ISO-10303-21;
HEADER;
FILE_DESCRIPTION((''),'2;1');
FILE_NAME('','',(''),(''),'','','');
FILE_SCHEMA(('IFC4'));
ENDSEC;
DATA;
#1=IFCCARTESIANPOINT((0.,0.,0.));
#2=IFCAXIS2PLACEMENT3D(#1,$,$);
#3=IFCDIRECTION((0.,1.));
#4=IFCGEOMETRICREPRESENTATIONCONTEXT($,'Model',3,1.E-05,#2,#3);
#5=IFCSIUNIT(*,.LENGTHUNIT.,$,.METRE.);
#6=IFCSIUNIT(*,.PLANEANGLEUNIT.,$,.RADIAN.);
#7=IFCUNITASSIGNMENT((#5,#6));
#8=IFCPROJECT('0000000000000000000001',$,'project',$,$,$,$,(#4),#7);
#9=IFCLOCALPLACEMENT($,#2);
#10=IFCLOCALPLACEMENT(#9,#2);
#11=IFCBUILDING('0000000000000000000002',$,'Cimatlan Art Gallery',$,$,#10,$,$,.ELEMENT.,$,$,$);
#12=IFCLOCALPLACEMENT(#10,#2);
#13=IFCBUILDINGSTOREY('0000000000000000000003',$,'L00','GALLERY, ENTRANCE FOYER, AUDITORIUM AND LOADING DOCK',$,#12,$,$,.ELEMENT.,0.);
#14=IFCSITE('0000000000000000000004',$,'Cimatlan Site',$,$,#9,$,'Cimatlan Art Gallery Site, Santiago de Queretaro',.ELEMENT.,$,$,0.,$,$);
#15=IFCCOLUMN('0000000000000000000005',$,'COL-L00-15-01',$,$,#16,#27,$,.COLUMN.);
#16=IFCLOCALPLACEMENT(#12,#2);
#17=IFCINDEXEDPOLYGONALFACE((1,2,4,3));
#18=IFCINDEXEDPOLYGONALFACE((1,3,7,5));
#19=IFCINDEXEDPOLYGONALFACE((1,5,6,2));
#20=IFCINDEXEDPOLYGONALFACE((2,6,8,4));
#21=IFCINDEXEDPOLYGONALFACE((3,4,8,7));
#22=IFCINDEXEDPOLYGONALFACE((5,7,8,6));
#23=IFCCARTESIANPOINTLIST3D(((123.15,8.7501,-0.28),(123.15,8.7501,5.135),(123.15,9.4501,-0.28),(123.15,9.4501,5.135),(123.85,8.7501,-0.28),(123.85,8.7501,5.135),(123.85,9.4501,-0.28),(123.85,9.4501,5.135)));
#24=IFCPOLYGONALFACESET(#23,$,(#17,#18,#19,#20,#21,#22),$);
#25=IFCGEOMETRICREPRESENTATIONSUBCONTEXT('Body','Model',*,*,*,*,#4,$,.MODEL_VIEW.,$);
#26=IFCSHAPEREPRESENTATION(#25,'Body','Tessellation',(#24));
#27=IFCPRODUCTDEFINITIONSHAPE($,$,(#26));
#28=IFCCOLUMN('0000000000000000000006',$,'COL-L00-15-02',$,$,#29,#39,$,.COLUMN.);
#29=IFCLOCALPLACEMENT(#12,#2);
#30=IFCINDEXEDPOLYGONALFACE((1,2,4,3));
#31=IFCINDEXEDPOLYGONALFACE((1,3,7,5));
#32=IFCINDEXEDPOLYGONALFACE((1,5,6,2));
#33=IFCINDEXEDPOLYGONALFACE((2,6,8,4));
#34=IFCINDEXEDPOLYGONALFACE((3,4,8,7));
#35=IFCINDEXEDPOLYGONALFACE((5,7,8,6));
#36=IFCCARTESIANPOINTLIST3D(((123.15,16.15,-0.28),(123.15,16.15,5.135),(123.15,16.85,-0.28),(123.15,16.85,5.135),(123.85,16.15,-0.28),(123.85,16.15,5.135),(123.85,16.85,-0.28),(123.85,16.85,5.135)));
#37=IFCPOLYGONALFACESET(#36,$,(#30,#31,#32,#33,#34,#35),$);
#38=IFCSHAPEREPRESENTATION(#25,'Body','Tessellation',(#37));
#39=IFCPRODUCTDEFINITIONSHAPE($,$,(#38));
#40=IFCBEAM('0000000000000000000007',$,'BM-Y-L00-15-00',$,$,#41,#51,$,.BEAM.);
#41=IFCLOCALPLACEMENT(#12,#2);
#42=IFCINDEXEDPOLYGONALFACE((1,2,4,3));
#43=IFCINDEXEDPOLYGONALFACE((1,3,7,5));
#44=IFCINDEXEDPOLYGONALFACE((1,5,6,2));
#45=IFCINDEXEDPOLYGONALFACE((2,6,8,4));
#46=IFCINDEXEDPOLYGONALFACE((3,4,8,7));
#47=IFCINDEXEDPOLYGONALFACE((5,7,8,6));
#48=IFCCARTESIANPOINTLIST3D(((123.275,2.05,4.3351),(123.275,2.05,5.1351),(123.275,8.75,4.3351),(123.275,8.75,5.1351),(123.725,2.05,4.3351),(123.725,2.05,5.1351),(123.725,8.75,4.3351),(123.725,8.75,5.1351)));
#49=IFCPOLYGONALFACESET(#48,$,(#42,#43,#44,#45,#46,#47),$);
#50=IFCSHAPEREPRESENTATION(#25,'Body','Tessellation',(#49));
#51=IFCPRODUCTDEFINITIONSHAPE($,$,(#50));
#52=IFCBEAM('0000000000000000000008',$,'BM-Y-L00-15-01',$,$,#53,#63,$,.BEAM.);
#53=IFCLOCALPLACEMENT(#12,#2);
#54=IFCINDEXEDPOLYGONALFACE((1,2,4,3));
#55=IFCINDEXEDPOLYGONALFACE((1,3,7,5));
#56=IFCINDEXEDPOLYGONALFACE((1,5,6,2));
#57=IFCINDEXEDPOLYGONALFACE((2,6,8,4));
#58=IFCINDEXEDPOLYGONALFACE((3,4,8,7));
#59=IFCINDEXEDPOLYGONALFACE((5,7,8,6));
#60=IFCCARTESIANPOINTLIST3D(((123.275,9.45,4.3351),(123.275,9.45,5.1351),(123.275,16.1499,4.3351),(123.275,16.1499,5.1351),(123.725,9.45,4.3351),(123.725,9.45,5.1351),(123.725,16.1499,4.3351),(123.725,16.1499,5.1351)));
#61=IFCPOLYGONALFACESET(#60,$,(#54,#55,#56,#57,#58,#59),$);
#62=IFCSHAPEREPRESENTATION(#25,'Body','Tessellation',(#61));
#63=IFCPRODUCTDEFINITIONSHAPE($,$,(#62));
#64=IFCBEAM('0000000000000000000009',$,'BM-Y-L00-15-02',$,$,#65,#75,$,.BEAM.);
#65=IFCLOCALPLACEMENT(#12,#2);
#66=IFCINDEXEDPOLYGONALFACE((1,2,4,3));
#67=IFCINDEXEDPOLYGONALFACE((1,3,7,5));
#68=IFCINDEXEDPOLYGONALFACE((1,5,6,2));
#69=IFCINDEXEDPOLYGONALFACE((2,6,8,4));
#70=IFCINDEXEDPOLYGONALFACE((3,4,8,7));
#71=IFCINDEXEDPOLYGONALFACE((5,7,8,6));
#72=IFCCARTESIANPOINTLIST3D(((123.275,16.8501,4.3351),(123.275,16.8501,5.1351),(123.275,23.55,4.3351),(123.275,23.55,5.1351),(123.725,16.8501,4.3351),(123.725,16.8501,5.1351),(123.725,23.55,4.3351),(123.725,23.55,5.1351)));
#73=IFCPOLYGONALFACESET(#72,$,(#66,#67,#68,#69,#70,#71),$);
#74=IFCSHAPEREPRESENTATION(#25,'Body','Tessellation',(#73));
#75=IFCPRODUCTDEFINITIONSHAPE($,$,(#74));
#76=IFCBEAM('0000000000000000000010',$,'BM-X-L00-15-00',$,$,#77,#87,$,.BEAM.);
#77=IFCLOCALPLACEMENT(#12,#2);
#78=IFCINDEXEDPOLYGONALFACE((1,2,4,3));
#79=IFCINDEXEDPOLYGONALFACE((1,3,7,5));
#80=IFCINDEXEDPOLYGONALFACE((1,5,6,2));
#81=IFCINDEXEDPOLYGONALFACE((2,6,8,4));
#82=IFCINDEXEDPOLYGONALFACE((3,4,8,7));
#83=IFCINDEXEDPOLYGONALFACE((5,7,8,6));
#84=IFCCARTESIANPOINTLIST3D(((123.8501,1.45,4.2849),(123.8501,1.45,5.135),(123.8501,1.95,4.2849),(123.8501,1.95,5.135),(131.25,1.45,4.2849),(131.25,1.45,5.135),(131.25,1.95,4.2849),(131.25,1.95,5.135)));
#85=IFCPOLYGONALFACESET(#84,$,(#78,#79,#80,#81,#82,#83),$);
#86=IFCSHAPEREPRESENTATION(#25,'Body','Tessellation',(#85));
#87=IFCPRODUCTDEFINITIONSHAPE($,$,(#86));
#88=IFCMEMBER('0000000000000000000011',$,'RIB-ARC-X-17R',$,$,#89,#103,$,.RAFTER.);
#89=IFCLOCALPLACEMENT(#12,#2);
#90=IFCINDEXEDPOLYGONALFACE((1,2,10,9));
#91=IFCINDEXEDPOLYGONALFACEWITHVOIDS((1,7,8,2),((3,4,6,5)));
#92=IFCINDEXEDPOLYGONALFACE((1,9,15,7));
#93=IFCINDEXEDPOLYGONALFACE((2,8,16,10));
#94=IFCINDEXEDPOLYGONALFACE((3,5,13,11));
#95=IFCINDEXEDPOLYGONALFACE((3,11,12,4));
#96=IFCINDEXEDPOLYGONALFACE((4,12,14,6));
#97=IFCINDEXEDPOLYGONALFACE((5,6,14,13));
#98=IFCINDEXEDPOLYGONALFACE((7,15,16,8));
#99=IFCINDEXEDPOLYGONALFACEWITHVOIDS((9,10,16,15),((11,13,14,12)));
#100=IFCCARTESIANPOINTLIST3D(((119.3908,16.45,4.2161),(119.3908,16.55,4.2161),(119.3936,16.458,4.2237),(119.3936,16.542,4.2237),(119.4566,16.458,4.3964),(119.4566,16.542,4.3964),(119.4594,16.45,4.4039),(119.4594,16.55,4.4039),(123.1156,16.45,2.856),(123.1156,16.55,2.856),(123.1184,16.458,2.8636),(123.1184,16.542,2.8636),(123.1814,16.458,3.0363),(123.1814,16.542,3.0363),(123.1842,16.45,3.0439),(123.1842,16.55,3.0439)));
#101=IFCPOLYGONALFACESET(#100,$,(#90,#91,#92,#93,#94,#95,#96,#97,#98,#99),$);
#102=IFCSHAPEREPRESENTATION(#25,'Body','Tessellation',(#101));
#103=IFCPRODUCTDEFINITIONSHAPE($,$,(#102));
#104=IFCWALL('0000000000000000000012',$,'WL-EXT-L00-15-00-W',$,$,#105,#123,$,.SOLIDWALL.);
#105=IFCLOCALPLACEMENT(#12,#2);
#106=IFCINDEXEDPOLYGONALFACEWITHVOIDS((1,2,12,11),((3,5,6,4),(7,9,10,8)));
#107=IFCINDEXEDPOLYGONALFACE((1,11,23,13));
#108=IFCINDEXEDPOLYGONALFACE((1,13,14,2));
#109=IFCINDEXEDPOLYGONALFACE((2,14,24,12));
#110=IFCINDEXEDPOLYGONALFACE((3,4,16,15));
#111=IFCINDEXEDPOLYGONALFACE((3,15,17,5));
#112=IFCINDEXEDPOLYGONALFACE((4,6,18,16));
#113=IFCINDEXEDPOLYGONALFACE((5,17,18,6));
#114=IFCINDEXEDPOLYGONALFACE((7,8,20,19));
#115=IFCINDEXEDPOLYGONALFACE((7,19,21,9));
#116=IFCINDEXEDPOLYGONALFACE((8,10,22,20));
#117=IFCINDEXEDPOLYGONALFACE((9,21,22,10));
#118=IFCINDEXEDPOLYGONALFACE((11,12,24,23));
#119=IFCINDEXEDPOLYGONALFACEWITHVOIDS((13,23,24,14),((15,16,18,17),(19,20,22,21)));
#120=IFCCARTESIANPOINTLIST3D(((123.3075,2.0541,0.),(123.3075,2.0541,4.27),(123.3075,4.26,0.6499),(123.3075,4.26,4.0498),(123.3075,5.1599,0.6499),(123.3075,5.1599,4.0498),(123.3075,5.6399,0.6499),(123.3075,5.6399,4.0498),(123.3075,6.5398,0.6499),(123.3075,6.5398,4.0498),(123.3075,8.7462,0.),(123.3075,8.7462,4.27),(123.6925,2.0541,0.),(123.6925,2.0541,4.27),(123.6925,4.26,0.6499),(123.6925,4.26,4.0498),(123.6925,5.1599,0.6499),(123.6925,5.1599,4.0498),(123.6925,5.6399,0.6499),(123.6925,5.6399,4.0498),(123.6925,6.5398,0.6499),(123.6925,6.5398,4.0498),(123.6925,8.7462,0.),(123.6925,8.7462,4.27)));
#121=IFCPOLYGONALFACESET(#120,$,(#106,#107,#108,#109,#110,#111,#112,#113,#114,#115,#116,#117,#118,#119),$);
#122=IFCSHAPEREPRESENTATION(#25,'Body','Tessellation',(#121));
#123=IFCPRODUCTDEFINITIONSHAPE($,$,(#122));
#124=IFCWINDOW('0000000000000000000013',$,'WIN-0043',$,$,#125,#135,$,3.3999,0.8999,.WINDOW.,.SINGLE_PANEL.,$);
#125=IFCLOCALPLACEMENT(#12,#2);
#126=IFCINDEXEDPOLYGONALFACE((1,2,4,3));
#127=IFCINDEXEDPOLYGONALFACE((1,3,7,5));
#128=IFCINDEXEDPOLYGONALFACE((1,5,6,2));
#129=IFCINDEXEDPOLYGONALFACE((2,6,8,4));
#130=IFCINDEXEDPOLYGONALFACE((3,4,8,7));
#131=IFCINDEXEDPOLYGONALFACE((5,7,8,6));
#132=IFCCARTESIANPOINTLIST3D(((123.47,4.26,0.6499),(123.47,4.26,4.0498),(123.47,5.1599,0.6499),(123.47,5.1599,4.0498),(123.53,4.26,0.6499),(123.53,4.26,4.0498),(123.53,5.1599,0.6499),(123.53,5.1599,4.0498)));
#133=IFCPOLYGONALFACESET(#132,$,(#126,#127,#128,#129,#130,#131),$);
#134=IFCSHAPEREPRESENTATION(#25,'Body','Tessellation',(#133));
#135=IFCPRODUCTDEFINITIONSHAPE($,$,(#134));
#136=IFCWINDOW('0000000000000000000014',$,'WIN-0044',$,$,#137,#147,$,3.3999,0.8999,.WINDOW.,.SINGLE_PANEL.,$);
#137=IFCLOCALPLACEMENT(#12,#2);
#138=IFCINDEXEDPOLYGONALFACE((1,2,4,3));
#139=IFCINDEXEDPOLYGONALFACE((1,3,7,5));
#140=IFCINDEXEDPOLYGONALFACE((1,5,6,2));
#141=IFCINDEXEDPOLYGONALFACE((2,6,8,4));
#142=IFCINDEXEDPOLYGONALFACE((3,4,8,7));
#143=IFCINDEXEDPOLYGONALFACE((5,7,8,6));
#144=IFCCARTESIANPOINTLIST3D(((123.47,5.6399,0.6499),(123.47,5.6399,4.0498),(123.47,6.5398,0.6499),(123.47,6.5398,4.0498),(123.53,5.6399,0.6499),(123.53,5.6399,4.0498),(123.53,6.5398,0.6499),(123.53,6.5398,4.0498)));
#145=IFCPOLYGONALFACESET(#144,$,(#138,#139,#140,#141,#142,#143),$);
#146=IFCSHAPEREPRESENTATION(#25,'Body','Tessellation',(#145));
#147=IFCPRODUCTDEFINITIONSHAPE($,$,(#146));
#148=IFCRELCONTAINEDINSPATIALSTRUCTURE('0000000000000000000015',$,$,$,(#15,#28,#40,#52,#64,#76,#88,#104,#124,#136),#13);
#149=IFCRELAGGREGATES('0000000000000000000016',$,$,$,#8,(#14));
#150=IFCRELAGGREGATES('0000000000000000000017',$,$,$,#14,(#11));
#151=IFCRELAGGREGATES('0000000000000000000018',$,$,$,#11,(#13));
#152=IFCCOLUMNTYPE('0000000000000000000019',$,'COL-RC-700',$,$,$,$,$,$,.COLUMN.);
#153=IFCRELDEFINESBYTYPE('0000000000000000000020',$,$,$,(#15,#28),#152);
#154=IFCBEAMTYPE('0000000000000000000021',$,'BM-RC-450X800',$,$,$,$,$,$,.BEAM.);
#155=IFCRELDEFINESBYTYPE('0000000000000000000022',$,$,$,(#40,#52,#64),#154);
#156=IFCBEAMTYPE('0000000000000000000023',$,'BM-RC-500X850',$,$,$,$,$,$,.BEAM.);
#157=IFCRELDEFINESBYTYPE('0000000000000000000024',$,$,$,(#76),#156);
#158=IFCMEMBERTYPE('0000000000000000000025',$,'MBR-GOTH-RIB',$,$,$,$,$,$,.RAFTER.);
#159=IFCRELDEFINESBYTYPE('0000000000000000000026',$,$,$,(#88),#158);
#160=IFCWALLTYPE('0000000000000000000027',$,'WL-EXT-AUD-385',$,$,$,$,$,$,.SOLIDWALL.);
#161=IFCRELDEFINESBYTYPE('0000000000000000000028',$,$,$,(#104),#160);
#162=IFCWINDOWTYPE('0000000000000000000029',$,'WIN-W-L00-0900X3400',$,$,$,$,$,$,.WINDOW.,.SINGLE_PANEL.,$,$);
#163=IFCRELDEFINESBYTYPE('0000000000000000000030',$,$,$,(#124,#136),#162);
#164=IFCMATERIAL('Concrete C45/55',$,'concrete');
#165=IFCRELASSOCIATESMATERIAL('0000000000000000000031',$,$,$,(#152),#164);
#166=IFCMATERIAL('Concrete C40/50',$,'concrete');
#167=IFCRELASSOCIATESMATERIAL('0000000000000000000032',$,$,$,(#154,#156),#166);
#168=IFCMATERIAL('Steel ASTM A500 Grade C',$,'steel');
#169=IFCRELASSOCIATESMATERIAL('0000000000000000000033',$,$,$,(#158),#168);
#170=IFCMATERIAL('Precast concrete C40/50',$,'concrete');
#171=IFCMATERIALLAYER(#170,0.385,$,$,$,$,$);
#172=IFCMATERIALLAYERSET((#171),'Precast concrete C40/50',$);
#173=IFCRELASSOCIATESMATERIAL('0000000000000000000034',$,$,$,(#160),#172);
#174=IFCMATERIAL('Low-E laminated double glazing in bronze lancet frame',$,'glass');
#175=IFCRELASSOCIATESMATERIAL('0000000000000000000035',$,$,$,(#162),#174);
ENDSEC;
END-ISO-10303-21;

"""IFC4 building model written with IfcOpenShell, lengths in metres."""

from ifc_helpers import new_model, si_unit, direction, frame, frame_2d, origin, origin_2d, place, context, subcontext, project, spatial, rectangle, hollow_rectangle, extrude, material, layer, layer_set, material_profile, profile_set, type_object, element, fill, save


model = new_model("IFC4")

# Units and contexts
model_context = context("Model", 3, precision=1e-05, world=origin(), true_north=direction((0.0, 1.0)))
body_context = subcontext(model_context, "Body", "Model", "MODEL_VIEW")
ifc_project = project(units=[si_unit("LENGTHUNIT", "METRE"), si_unit("PLANEANGLEUNIT", "RADIAN")], contexts=[model_context])

# Site, building, storey
site_placement = place(None, origin())
site = spatial("IfcSite", under=ifc_project, at=site_placement, Name="Cimatlan Site", LongName="Cimatlan Art Gallery Site, Santiago de Queretaro", CompositionType="ELEMENT", RefElevation=0.0)
building_placement = place(site_placement, origin())
building = spatial("IfcBuilding", under=site, at=building_placement, Name="Cimatlan Art Gallery", CompositionType="ELEMENT")
storey_placement = place(building_placement, origin())
storey = spatial("IfcBuildingStorey", under=building, at=storey_placement, Name="L00", Description="GALLERY, ENTRANCE FOYER, AUDITORIUM AND LOADING DOCK", CompositionType="ELEMENT", Elevation=0.0)

# Shared definitions
ifc_material_1 = material(Name="Concrete C40/50", Category="concrete")

# Columns
ifc_material_2 = material(Name="Concrete C45/55", Category="concrete")
ifc_material_profile_1 = material_profile(ifc_material_2, rectangle(XDim=0.7, YDim=0.7, at=origin_2d()), Name="RC700X700")
ifc_profile_set_1 = profile_set([ifc_material_profile_1], Name="Concrete C45/55")
column_type = type_object("IfcColumnType", Name="COL-RC-700", PredefinedType="COLUMN", material=ifc_profile_set_1)
for number, where, z_axis, x_axis, name in (
    (1, (123.5, 9.1001, -0.28), (0.0, 0.0, 1.0), (1.0, 0.0, 0.0), "COL-L00-15-01"),
    (2, (123.5, 16.5, -0.28), (0.0, 0.0, 1.0), (1.0, 0.0, 0.0), "COL-L00-15-02"),
):
    element("IfcColumn", number, at=place(storey_placement, frame(where, z_axis=z_axis, x_axis=x_axis)), inside=storey, type_object=column_type, Name=name, PredefinedType="COLUMN", context=body_context, shape_type="SweptSolid", body=[
        extrude(rectangle(XDim=0.7, YDim=0.7, at=origin_2d()), origin(), (0.0, 0.0, 1.0), 5.415),
    ])

# Beams
ifc_material_profile_2 = material_profile(ifc_material_1, rectangle(XDim=0.45, YDim=0.8, at=origin_2d()), Name="RC450X800")
ifc_profile_set_2 = profile_set([ifc_material_profile_2], Name="Concrete C40/50")
beam_type_1 = type_object("IfcBeamType", Name="BM-RC-450X800", PredefinedType="BEAM", material=ifc_profile_set_2)
for number, where, z_axis, x_axis, name in (
    (3, (123.5, 2.05, 4.7351), (0.0, 1.0, 0.0), (-1.0, 0.0, 0.0), "BM-Y-L00-15-00"),
    (4, (123.5, 9.45, 4.7351), (0.0, 1.0, 0.0), (-1.0, 0.0, 0.0), "BM-Y-L00-15-01"),
    (5, (123.5, 16.8501, 4.7351), (0.0, 1.0, 0.0), (-1.0, 0.0, 0.0), "BM-Y-L00-15-02"),
):
    element("IfcBeam", number, at=place(storey_placement, frame(where, z_axis=z_axis, x_axis=x_axis)), inside=storey, type_object=beam_type_1, Name=name, PredefinedType="BEAM", context=body_context, shape_type="SweptSolid", body=[
        extrude(rectangle(XDim=0.45, YDim=0.8, at=origin_2d()), origin(), (0.0, 0.0, 1.0), 6.7),
    ])
ifc_material_profile_3 = material_profile(ifc_material_1, rectangle(XDim=0.5, YDim=0.8501, at=origin_2d()), Name="RC500X850")
ifc_profile_set_3 = profile_set([ifc_material_profile_3], Name="Concrete C40/50")
beam_type_2 = type_object("IfcBeamType", Name="BM-RC-500X850", PredefinedType="BEAM", material=ifc_profile_set_3)
beam_placement = place(storey_placement, frame((123.8501, 1.7, 4.71), z_axis=(1.0, 0.0, 0.0), x_axis=(0.0, 1.0, 0.0)))
element("IfcBeam", 6, at=beam_placement, inside=storey, type_object=beam_type_2, Name="BM-X-L00-15-00", PredefinedType="BEAM", context=body_context, shape_type="SweptSolid", body=[
    extrude(rectangle(XDim=0.5, YDim=0.8501, at=origin_2d()), origin(), (0.0, 0.0, 1.0), 7.3999),
])

# Member
ifc_material_3 = material(Name="Steel ASTM A500 Grade C", Category="steel")
ifc_material_profile_4 = material_profile(ifc_material_3, hollow_rectangle(XDim=0.1001, YDim=0.2, WallThickness=0.0081, at=origin_2d()), Name="HSS200X100X8")
ifc_profile_set_4 = profile_set([ifc_material_profile_4], Name="Steel ASTM A500 Grade C")
member_type = type_object("IfcMemberType", Name="MBR-GOTH-RIB", PredefinedType="RAFTER", material=ifc_profile_set_4)
member_placement = place(storey_placement, frame((123.1499, 16.5, 2.95), z_axis=(-0.939338, 0.0, 0.342993), x_axis=(0.0, -1.0, 0.0)))
element("IfcMember", 7, at=member_placement, inside=storey, type_object=member_type, Name="RIB-ARC-X-17R", PredefinedType="RAFTER", context=body_context, shape_type="SweptSolid", body=[
    extrude(hollow_rectangle(XDim=0.1001, YDim=0.2, WallThickness=0.0081, at=origin_2d()), origin(), (0.0, 0.0, 1.0), 3.9653),
])

# Wall, openings, windows
ifc_material_4 = material(Name="Precast concrete C40/50", Category="concrete")
ifc_layer_1 = layer(ifc_material_4, 0.385)
ifc_layer_set_1 = layer_set([ifc_layer_1], Name="Precast concrete C40/50")
wall_type = type_object("IfcWallType", Name="WL-EXT-AUD-385", PredefinedType="SOLIDWALL", material=ifc_layer_set_1)
wall_1_placement = place(storey_placement, frame((123.5, 2.054, 0.0), z_axis=(0.0, 0.0, 1.0), x_axis=(0.0, 1.0, 0.0)))
wall_1 = element("IfcWall", 8, at=wall_1_placement, inside=storey, type_object=wall_type, Name="WL-EXT-L00-15-00-W", PredefinedType="SOLIDWALL", context=body_context, shape_type="SweptSolid", body=[
    extrude(rectangle(XDim=6.6921, YDim=0.385, at=frame_2d((3.3462, 0.0))), origin(), (0.0, 0.0, 1.0), 4.27),
])
opening_1_placement = place(wall_1_placement, frame((2.2061, 0.0, 0.6499)))
opening_1 = element("IfcOpeningElement", 9, at=opening_1_placement, cuts=wall_1, PredefinedType="OPENING", context=body_context, shape_type="SweptSolid", body=[
    extrude(rectangle(XDim=0.8999, YDim=3.3999, at=frame_2d((0.45, 1.7))), frame((0.0, 0.2026, 0.0), z_axis=(0.0, -1.0, 0.0), x_axis=(1.0, 0.0, 0.0)), (0.0, 0.0, 1.0), 0.405),
])
opening_2_placement = place(wall_1_placement, frame((3.5859, 0.0, 0.6499)))
opening_2 = element("IfcOpeningElement", 10, at=opening_2_placement, cuts=wall_1, PredefinedType="OPENING", context=body_context, shape_type="SweptSolid", body=[
    extrude(rectangle(XDim=0.8999, YDim=3.3999, at=frame_2d((0.45, 1.7))), frame((0.0, 0.2026, 0.0), z_axis=(0.0, -1.0, 0.0), x_axis=(1.0, 0.0, 0.0)), (0.0, 0.0, 1.0), 0.405),
])
ifc_material_5 = material(Name="Low-E laminated double glazing in bronze lancet frame", Category="glass")
window_type = type_object("IfcWindowType", Name="WIN-W-L00-0900X3400", PartitioningType="SINGLE_PANEL", PredefinedType="WINDOW", material=ifc_material_5)
window_1_placement = place(opening_1_placement, origin())
window_1 = element("IfcWindow", 11, at=window_1_placement, inside=storey, type_object=window_type, Name="WIN-0043", OverallHeight=3.3999, OverallWidth=0.8999, PartitioningType="SINGLE_PANEL", PredefinedType="WINDOW", context=body_context, shape_type="SweptSolid", body=[
    extrude(rectangle(XDim=0.8999, YDim=3.3999, at=frame_2d((0.45, 1.7))), frame((0.0, 0.03, 0.0), z_axis=(0.0, -1.0, 0.0), x_axis=(1.0, 0.0, 0.0)), (0.0, 0.0, 1.0), 0.0601),
])
fill(opening_1, window_1)
window_2_placement = place(opening_2_placement, origin())
window_2 = element("IfcWindow", 12, at=window_2_placement, inside=storey, type_object=window_type, Name="WIN-0044", OverallHeight=3.3999, OverallWidth=0.8999, PartitioningType="SINGLE_PANEL", PredefinedType="WINDOW", context=body_context, shape_type="SweptSolid", body=[
    extrude(rectangle(XDim=0.8999, YDim=3.3999, at=frame_2d((0.45, 1.7))), frame((0.0, 0.03, 0.0), z_axis=(0.0, -1.0, 0.0), x_axis=(1.0, 0.0, 0.0)), (0.0, 0.0, 1.0), 0.0601),
])
fill(opening_2, window_2)

save(model, "model.ifc")
